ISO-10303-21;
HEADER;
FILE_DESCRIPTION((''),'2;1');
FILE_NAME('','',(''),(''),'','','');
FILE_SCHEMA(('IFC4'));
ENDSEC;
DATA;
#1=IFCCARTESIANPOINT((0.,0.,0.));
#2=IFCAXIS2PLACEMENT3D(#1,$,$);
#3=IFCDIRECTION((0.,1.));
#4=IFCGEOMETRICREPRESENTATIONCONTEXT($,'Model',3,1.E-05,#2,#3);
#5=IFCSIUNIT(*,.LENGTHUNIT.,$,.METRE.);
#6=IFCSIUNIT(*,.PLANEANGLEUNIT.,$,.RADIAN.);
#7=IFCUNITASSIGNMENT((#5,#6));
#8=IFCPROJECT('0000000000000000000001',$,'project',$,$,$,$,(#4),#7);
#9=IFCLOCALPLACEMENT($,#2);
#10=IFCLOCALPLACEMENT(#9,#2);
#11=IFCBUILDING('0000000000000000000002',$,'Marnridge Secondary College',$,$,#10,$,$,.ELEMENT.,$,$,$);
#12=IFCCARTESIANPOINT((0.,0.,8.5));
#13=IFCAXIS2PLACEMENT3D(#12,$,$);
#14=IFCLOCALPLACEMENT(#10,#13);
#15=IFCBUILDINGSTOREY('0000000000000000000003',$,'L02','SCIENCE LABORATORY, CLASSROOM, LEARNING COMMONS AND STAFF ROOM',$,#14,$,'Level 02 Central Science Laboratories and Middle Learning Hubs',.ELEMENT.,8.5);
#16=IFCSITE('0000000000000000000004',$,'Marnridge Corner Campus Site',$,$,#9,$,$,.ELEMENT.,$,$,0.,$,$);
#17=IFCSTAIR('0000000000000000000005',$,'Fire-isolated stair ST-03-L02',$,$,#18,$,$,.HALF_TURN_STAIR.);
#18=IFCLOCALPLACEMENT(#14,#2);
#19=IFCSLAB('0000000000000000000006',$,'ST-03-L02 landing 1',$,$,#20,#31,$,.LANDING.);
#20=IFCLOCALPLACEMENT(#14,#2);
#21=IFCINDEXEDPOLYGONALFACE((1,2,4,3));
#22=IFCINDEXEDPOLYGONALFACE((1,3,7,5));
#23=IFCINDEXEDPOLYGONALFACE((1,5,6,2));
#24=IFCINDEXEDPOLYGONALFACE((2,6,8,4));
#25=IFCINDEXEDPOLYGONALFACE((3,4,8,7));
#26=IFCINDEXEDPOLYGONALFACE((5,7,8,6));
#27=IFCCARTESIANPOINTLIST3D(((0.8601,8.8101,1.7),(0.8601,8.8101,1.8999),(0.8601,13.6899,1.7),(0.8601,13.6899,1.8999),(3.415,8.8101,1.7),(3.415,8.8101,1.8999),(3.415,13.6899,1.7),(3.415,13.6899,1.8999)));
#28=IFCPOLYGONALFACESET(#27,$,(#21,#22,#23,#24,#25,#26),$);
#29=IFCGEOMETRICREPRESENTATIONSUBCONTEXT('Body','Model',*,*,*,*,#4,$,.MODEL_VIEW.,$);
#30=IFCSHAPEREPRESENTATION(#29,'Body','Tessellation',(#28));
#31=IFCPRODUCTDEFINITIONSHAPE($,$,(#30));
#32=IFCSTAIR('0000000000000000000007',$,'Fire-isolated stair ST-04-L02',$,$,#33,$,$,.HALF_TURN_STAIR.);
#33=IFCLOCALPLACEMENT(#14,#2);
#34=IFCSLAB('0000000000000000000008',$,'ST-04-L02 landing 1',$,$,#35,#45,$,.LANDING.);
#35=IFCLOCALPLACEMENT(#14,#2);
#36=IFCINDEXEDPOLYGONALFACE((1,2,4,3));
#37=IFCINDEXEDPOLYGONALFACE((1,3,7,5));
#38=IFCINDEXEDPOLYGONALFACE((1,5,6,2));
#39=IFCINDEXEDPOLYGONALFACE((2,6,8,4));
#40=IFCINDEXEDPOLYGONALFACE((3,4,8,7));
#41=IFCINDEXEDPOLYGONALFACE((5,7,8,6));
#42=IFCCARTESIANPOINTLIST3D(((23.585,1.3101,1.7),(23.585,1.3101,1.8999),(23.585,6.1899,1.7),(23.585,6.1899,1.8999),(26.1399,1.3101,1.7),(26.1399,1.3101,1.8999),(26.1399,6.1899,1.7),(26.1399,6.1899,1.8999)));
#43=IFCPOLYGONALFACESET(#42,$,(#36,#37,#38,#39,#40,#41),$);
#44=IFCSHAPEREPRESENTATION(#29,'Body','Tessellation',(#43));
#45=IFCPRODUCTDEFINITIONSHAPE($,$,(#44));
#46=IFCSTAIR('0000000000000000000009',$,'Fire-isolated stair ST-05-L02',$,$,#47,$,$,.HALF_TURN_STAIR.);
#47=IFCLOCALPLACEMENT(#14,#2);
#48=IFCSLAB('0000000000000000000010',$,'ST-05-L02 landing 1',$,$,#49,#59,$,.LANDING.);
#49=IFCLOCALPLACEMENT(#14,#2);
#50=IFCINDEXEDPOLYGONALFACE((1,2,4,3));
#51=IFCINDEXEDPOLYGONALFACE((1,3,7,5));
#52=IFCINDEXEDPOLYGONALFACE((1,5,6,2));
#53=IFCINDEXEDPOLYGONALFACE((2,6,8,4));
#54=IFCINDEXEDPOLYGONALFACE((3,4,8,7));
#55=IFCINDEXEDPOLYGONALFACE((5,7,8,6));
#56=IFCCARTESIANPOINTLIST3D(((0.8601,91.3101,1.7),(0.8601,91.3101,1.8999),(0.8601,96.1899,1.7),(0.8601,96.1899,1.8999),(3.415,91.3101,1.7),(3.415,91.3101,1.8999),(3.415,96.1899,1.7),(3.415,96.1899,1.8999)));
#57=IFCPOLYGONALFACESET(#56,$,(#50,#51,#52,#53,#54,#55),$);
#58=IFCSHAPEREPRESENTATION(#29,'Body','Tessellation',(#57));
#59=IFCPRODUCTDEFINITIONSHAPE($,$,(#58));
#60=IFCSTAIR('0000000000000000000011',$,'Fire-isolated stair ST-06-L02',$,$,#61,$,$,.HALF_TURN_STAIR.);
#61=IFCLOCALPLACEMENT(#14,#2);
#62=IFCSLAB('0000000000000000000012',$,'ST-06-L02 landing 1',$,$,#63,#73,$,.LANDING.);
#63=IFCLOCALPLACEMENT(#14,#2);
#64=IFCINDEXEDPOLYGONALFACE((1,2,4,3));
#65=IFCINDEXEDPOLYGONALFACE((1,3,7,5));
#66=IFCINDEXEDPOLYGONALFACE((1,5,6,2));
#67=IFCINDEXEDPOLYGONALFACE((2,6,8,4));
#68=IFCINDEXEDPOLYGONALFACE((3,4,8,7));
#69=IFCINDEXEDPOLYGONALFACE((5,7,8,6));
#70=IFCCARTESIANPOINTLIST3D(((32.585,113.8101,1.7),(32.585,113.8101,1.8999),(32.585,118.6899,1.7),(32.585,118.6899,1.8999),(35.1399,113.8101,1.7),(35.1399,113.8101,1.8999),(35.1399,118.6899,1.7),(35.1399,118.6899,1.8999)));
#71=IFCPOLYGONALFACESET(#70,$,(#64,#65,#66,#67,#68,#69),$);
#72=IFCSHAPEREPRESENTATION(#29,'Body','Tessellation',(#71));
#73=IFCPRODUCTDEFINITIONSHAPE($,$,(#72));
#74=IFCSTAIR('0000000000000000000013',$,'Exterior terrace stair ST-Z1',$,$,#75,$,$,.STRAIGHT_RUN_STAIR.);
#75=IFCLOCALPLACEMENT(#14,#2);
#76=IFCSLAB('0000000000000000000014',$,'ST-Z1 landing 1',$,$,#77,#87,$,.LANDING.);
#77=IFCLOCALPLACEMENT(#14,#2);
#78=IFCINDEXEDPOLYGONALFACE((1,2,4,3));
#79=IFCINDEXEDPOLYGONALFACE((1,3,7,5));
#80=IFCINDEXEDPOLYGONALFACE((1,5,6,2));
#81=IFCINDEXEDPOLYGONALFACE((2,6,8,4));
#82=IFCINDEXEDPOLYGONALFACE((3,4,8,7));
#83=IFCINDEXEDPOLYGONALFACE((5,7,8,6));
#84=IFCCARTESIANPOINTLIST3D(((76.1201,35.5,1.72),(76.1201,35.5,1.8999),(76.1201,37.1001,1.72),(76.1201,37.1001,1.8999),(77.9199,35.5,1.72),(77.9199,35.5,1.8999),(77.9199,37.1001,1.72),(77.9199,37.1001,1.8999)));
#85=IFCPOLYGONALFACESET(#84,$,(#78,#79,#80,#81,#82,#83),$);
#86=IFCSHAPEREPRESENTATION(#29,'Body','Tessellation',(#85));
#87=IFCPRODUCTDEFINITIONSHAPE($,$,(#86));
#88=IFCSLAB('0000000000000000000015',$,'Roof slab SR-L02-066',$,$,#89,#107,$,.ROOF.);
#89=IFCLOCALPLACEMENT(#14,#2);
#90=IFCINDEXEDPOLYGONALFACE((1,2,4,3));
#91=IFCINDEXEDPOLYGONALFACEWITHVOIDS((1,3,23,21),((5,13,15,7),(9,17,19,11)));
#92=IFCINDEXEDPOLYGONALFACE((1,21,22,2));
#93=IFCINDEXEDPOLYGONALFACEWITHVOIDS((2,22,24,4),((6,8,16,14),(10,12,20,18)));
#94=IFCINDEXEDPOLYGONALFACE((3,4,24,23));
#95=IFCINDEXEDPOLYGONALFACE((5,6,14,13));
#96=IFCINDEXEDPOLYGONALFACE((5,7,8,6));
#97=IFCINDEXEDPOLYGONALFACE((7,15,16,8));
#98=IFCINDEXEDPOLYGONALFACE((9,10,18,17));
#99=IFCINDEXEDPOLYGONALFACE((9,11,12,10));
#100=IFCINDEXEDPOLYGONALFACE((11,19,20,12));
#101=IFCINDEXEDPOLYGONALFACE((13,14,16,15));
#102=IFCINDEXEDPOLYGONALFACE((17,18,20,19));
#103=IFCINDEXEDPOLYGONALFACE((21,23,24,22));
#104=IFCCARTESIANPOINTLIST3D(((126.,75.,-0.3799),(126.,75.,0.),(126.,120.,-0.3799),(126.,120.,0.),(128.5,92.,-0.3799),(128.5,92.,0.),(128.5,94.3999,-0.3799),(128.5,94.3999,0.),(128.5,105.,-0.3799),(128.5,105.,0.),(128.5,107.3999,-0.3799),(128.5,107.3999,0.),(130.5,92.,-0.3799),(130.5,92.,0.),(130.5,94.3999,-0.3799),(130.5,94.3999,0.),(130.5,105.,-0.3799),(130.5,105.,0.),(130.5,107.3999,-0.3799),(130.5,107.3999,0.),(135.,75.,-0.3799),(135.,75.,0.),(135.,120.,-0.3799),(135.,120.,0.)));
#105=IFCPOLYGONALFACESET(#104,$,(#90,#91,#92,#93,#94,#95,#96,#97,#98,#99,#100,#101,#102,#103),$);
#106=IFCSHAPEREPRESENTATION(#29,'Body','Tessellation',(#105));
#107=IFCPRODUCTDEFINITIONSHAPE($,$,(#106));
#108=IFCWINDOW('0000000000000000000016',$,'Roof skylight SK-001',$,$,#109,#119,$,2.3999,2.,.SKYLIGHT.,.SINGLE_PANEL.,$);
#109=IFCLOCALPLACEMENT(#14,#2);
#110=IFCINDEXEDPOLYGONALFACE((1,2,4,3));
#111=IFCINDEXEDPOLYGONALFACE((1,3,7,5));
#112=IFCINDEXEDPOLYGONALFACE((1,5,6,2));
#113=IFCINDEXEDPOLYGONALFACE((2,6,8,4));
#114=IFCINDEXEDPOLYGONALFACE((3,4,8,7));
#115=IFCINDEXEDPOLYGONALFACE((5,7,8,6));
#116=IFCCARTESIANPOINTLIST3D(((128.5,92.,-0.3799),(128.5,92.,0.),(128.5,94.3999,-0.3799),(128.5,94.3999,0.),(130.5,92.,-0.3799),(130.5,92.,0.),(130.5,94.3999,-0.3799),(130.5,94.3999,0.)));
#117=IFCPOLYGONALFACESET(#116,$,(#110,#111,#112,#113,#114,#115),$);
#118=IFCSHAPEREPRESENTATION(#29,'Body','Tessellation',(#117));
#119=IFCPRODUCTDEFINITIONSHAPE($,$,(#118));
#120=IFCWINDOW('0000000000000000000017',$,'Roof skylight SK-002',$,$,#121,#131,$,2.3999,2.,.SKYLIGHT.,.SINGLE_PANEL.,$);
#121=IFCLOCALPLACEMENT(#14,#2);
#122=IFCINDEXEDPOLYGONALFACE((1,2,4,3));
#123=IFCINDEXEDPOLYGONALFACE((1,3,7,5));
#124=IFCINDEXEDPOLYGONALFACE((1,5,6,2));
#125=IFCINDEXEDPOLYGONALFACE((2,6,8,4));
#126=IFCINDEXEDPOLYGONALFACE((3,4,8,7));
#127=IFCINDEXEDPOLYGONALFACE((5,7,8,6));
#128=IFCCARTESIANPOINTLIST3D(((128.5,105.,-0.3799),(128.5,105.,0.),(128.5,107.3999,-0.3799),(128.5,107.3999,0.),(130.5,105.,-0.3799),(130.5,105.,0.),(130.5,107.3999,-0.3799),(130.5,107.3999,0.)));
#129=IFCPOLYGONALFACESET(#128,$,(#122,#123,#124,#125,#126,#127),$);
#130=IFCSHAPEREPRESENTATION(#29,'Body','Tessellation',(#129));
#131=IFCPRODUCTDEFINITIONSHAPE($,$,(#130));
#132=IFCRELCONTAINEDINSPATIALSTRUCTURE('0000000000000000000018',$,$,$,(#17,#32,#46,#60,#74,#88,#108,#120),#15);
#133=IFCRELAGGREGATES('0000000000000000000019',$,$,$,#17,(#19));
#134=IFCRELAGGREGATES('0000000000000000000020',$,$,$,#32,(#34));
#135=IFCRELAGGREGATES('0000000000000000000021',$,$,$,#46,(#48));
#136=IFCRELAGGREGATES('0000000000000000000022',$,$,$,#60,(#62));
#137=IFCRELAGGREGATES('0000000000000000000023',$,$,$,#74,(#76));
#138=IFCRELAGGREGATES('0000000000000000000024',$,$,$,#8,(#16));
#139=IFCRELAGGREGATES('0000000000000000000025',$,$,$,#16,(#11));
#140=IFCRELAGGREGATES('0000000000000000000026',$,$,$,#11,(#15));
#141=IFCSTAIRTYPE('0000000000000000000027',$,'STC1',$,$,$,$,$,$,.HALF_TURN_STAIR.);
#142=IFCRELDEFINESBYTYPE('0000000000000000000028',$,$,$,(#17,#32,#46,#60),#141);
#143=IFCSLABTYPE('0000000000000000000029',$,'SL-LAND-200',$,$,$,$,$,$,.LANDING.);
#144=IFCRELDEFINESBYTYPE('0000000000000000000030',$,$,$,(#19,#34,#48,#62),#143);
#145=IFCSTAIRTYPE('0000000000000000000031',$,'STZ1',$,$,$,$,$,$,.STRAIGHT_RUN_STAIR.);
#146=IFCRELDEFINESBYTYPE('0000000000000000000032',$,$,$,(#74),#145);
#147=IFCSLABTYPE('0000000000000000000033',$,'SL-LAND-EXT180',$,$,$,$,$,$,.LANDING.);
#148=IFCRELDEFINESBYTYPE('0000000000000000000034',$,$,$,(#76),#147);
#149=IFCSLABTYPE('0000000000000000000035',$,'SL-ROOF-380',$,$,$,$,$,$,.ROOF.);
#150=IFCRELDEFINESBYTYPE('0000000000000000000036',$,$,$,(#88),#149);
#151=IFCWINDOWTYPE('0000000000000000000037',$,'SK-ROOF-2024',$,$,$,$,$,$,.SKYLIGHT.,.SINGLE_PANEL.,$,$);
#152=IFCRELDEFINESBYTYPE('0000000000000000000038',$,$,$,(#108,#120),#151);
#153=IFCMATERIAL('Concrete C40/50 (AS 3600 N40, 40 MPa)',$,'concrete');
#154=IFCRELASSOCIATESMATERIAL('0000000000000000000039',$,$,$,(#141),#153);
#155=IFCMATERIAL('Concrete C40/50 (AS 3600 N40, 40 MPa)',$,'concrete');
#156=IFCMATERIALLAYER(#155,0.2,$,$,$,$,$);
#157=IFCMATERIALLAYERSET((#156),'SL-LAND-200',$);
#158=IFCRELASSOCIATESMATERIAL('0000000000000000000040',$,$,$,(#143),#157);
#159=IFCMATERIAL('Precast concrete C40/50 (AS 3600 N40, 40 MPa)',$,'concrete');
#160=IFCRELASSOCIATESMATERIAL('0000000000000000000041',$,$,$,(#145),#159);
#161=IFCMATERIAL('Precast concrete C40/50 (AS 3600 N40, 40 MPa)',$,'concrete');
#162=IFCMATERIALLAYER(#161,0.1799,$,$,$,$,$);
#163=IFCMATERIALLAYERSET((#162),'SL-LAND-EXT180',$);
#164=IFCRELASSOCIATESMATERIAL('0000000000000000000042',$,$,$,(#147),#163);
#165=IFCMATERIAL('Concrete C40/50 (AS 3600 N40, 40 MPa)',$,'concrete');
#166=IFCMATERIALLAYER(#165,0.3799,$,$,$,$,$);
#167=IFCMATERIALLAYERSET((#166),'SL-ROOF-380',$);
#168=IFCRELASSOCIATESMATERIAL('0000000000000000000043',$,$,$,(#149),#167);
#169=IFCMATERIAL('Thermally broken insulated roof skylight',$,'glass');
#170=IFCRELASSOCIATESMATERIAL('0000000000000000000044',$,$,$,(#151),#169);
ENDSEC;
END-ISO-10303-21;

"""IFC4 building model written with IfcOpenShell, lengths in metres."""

from ifc_helpers import new_model, si_unit, direction, frame, origin, origin_2d, place, context, subcontext, project, spatial, polyline, rectangle, outline, extrude, material, layer, layer_set, type_object, element, fill, aggregate, save


model = new_model("IFC4")

# Units and contexts
model_context = context("Model", 3, precision=1e-05, world=origin(), true_north=direction((0.0, 1.0)))
body_context = subcontext(model_context, "Body", "Model", "MODEL_VIEW")
ifc_project = project(units=[si_unit("LENGTHUNIT", "METRE"), si_unit("PLANEANGLEUNIT", "RADIAN")], contexts=[model_context])

# Site, building, storey
site_placement = place(None, origin())
site = spatial("IfcSite", under=ifc_project, at=site_placement, Name="Marnridge Corner Campus Site", CompositionType="ELEMENT", RefElevation=0.0)
building_placement = place(site_placement, origin())
building = spatial("IfcBuilding", under=site, at=building_placement, Name="Marnridge Secondary College", CompositionType="ELEMENT")
storey_placement = place(building_placement, frame((0.0, 0.0, 8.5)))
storey = spatial("IfcBuildingStorey", under=building, at=storey_placement, Name="L02", Description="SCIENCE LABORATORY, CLASSROOM, LEARNING COMMONS AND STAFF ROOM", LongName="Level 02 Central Science Laboratories and Middle Learning Hubs", CompositionType="ELEMENT", Elevation=8.5)

# Stairs, slabs
ifc_material_1 = material(Name="Concrete C40/50 (AS 3600 N40, 40 MPa)", Category="concrete")
stair_type_1 = type_object("IfcStairType", Name="STC1", PredefinedType="HALF_TURN_STAIR", material=ifc_material_1)
ifc_material_2 = material(Name="Concrete C40/50 (AS 3600 N40, 40 MPa)", Category="concrete")
ifc_layer_1 = layer(ifc_material_2, 0.2)
ifc_layer_set_1 = layer_set([ifc_layer_1], Name="SL-LAND-200")
slab_type_1 = type_object("IfcSlabType", Name="SL-LAND-200", PredefinedType="LANDING", material=ifc_layer_set_1)
stair_1_placement = place(storey_placement, origin())
stair_1 = element("IfcStair", 1, at=stair_1_placement, inside=storey, type_object=stair_type_1, Name="Fire-isolated stair ST-03-L02", PredefinedType="HALF_TURN_STAIR")
slab_1_placement = place(storey_placement, frame((0.0, 0.0, 1.7)))
slab_1 = element("IfcSlab", 2, at=slab_1_placement, type_object=slab_type_1, Name="ST-03-L02 landing 1", PredefinedType="LANDING", context=body_context, shape_type="SweptSolid", body=[
    extrude(outline(polyline([(0.8601, 8.8101), (3.415, 8.8101), (3.415, 13.6899), (0.8601, 13.6899), (0.8601, 8.8101)])), origin(), (0.0, 0.0, 1.0), 0.2),
])
aggregate(stair_1, [slab_1])
stair_2_placement = place(storey_placement, origin())
stair_2 = element("IfcStair", 3, at=stair_2_placement, inside=storey, type_object=stair_type_1, Name="Fire-isolated stair ST-04-L02", PredefinedType="HALF_TURN_STAIR")
slab_2_placement = place(storey_placement, frame((0.0, 0.0, 1.7)))
slab_2 = element("IfcSlab", 4, at=slab_2_placement, type_object=slab_type_1, Name="ST-04-L02 landing 1", PredefinedType="LANDING", context=body_context, shape_type="SweptSolid", body=[
    extrude(outline(polyline([(23.585, 1.3101), (26.1399, 1.3101), (26.1399, 6.1899), (23.585, 6.1899), (23.585, 1.3101)])), origin(), (0.0, 0.0, 1.0), 0.2),
])
aggregate(stair_2, [slab_2])
stair_3_placement = place(storey_placement, origin())
stair_3 = element("IfcStair", 5, at=stair_3_placement, inside=storey, type_object=stair_type_1, Name="Fire-isolated stair ST-05-L02", PredefinedType="HALF_TURN_STAIR")
slab_3_placement = place(storey_placement, frame((0.0, 0.0, 1.7)))
slab_3 = element("IfcSlab", 6, at=slab_3_placement, type_object=slab_type_1, Name="ST-05-L02 landing 1", PredefinedType="LANDING", context=body_context, shape_type="SweptSolid", body=[
    extrude(outline(polyline([(0.8601, 91.3101), (3.415, 91.3101), (3.415, 96.1899), (0.8601, 96.1899), (0.8601, 91.3101)])), origin(), (0.0, 0.0, 1.0), 0.2),
])
aggregate(stair_3, [slab_3])
stair_4_placement = place(storey_placement, origin())
stair_4 = element("IfcStair", 7, at=stair_4_placement, inside=storey, type_object=stair_type_1, Name="Fire-isolated stair ST-06-L02", PredefinedType="HALF_TURN_STAIR")
slab_4_placement = place(storey_placement, frame((0.0, 0.0, 1.7)))
slab_4 = element("IfcSlab", 8, at=slab_4_placement, type_object=slab_type_1, Name="ST-06-L02 landing 1", PredefinedType="LANDING", context=body_context, shape_type="SweptSolid", body=[
    extrude(outline(polyline([(32.585, 113.8101), (35.1399, 113.8101), (35.1399, 118.6899), (32.585, 118.6899), (32.585, 113.8101)])), origin(), (0.0, 0.0, 1.0), 0.2),
])
aggregate(stair_4, [slab_4])
ifc_material_3 = material(Name="Precast concrete C40/50 (AS 3600 N40, 40 MPa)", Category="concrete")
stair_type_2 = type_object("IfcStairType", Name="STZ1", PredefinedType="STRAIGHT_RUN_STAIR", material=ifc_material_3)
stair_5_placement = place(storey_placement, origin())
stair_5 = element("IfcStair", 9, at=stair_5_placement, inside=storey, type_object=stair_type_2, Name="Exterior terrace stair ST-Z1", PredefinedType="STRAIGHT_RUN_STAIR")
ifc_material_4 = material(Name="Precast concrete C40/50 (AS 3600 N40, 40 MPa)", Category="concrete")
ifc_layer_2 = layer(ifc_material_4, 0.1799)
ifc_layer_set_2 = layer_set([ifc_layer_2], Name="SL-LAND-EXT180")
slab_type_2 = type_object("IfcSlabType", Name="SL-LAND-EXT180", PredefinedType="LANDING", material=ifc_layer_set_2)
slab_5_placement = place(storey_placement, frame((0.0, 0.0, 1.72)))
slab_5 = element("IfcSlab", 10, at=slab_5_placement, type_object=slab_type_2, Name="ST-Z1 landing 1", PredefinedType="LANDING", context=body_context, shape_type="SweptSolid", body=[
    extrude(outline(polyline([(76.1201, 35.5), (77.9199, 35.5), (77.9199, 37.1001), (76.1201, 37.1001), (76.1201, 35.5)])), origin(), (0.0, 0.0, 1.0), 0.1799),
])
aggregate(stair_5, [slab_5])

# Slab, openings, windows
ifc_material_5 = material(Name="Concrete C40/50 (AS 3600 N40, 40 MPa)", Category="concrete")
ifc_layer_3 = layer(ifc_material_5, 0.3799)
ifc_layer_set_3 = layer_set([ifc_layer_3], Name="SL-ROOF-380")
slab_type_3 = type_object("IfcSlabType", Name="SL-ROOF-380", PredefinedType="ROOF", material=ifc_layer_set_3)
slab_6_placement = place(storey_placement, frame((0.0, 0.0, -0.3799)))
slab_6 = element("IfcSlab", 11, at=slab_6_placement, inside=storey, type_object=slab_type_3, Name="Roof slab SR-L02-066", PredefinedType="ROOF", context=body_context, shape_type="SweptSolid", body=[
    extrude(outline(polyline([(126.0, 75.0), (135.0, 75.0), (135.0, 120.0), (126.0, 120.0), (126.0, 75.0)]), holes=[polyline([(128.5, 92.0), (130.5, 92.0), (130.5, 94.3999), (128.5, 94.3999), (128.5, 92.0)]), polyline([(128.5, 105.0), (130.5, 105.0), (130.5, 107.3999), (128.5, 107.3999), (128.5, 105.0)])]), origin(), (0.0, 0.0, 1.0), 0.3799),
])
opening_1_placement = place(slab_6_placement, frame((129.5, 93.2, 0.0)))
opening_1 = element("IfcOpeningElement", 12, at=opening_1_placement, cuts=slab_6, PredefinedType="OPENING", context=body_context, shape_type="SweptSolid", body=[
    extrude(rectangle(XDim=2.0, YDim=2.3999, at=origin_2d()), frame((0.0, 0.0, -0.01)), (0.0, 0.0, 1.0), 0.3999),
])
opening_2_placement = place(slab_6_placement, frame((129.5, 106.2, 0.0)))
opening_2 = element("IfcOpeningElement", 13, at=opening_2_placement, cuts=slab_6, PredefinedType="OPENING", context=body_context, shape_type="SweptSolid", body=[
    extrude(rectangle(XDim=2.0, YDim=2.3999, at=origin_2d()), frame((0.0, 0.0, -0.01)), (0.0, 0.0, 1.0), 0.3999),
])
ifc_material_6 = material(Name="Thermally broken insulated roof skylight", Category="glass")
window_type = type_object("IfcWindowType", Name="SK-ROOF-2024", PartitioningType="SINGLE_PANEL", PredefinedType="SKYLIGHT", material=ifc_material_6)
window_1_placement = place(opening_1_placement, origin())
window_1 = element("IfcWindow", 14, at=window_1_placement, inside=storey, type_object=window_type, Name="Roof skylight SK-001", OverallHeight=2.3999, OverallWidth=2.0, PartitioningType="SINGLE_PANEL", PredefinedType="SKYLIGHT", context=body_context, shape_type="SweptSolid", body=[
    extrude(rectangle(XDim=2.0, YDim=2.3999, at=origin_2d()), origin(), (0.0, 0.0, 1.0), 0.3799),
])
fill(opening_1, window_1)
window_2_placement = place(opening_2_placement, origin())
window_2 = element("IfcWindow", 15, at=window_2_placement, inside=storey, type_object=window_type, Name="Roof skylight SK-002", OverallHeight=2.3999, OverallWidth=2.0, PartitioningType="SINGLE_PANEL", PredefinedType="SKYLIGHT", context=body_context, shape_type="SweptSolid", body=[
    extrude(rectangle(XDim=2.0, YDim=2.3999, at=origin_2d()), origin(), (0.0, 0.0, 1.0), 0.3799),
])
fill(opening_2, window_2)

save(model, "model.ifc")
